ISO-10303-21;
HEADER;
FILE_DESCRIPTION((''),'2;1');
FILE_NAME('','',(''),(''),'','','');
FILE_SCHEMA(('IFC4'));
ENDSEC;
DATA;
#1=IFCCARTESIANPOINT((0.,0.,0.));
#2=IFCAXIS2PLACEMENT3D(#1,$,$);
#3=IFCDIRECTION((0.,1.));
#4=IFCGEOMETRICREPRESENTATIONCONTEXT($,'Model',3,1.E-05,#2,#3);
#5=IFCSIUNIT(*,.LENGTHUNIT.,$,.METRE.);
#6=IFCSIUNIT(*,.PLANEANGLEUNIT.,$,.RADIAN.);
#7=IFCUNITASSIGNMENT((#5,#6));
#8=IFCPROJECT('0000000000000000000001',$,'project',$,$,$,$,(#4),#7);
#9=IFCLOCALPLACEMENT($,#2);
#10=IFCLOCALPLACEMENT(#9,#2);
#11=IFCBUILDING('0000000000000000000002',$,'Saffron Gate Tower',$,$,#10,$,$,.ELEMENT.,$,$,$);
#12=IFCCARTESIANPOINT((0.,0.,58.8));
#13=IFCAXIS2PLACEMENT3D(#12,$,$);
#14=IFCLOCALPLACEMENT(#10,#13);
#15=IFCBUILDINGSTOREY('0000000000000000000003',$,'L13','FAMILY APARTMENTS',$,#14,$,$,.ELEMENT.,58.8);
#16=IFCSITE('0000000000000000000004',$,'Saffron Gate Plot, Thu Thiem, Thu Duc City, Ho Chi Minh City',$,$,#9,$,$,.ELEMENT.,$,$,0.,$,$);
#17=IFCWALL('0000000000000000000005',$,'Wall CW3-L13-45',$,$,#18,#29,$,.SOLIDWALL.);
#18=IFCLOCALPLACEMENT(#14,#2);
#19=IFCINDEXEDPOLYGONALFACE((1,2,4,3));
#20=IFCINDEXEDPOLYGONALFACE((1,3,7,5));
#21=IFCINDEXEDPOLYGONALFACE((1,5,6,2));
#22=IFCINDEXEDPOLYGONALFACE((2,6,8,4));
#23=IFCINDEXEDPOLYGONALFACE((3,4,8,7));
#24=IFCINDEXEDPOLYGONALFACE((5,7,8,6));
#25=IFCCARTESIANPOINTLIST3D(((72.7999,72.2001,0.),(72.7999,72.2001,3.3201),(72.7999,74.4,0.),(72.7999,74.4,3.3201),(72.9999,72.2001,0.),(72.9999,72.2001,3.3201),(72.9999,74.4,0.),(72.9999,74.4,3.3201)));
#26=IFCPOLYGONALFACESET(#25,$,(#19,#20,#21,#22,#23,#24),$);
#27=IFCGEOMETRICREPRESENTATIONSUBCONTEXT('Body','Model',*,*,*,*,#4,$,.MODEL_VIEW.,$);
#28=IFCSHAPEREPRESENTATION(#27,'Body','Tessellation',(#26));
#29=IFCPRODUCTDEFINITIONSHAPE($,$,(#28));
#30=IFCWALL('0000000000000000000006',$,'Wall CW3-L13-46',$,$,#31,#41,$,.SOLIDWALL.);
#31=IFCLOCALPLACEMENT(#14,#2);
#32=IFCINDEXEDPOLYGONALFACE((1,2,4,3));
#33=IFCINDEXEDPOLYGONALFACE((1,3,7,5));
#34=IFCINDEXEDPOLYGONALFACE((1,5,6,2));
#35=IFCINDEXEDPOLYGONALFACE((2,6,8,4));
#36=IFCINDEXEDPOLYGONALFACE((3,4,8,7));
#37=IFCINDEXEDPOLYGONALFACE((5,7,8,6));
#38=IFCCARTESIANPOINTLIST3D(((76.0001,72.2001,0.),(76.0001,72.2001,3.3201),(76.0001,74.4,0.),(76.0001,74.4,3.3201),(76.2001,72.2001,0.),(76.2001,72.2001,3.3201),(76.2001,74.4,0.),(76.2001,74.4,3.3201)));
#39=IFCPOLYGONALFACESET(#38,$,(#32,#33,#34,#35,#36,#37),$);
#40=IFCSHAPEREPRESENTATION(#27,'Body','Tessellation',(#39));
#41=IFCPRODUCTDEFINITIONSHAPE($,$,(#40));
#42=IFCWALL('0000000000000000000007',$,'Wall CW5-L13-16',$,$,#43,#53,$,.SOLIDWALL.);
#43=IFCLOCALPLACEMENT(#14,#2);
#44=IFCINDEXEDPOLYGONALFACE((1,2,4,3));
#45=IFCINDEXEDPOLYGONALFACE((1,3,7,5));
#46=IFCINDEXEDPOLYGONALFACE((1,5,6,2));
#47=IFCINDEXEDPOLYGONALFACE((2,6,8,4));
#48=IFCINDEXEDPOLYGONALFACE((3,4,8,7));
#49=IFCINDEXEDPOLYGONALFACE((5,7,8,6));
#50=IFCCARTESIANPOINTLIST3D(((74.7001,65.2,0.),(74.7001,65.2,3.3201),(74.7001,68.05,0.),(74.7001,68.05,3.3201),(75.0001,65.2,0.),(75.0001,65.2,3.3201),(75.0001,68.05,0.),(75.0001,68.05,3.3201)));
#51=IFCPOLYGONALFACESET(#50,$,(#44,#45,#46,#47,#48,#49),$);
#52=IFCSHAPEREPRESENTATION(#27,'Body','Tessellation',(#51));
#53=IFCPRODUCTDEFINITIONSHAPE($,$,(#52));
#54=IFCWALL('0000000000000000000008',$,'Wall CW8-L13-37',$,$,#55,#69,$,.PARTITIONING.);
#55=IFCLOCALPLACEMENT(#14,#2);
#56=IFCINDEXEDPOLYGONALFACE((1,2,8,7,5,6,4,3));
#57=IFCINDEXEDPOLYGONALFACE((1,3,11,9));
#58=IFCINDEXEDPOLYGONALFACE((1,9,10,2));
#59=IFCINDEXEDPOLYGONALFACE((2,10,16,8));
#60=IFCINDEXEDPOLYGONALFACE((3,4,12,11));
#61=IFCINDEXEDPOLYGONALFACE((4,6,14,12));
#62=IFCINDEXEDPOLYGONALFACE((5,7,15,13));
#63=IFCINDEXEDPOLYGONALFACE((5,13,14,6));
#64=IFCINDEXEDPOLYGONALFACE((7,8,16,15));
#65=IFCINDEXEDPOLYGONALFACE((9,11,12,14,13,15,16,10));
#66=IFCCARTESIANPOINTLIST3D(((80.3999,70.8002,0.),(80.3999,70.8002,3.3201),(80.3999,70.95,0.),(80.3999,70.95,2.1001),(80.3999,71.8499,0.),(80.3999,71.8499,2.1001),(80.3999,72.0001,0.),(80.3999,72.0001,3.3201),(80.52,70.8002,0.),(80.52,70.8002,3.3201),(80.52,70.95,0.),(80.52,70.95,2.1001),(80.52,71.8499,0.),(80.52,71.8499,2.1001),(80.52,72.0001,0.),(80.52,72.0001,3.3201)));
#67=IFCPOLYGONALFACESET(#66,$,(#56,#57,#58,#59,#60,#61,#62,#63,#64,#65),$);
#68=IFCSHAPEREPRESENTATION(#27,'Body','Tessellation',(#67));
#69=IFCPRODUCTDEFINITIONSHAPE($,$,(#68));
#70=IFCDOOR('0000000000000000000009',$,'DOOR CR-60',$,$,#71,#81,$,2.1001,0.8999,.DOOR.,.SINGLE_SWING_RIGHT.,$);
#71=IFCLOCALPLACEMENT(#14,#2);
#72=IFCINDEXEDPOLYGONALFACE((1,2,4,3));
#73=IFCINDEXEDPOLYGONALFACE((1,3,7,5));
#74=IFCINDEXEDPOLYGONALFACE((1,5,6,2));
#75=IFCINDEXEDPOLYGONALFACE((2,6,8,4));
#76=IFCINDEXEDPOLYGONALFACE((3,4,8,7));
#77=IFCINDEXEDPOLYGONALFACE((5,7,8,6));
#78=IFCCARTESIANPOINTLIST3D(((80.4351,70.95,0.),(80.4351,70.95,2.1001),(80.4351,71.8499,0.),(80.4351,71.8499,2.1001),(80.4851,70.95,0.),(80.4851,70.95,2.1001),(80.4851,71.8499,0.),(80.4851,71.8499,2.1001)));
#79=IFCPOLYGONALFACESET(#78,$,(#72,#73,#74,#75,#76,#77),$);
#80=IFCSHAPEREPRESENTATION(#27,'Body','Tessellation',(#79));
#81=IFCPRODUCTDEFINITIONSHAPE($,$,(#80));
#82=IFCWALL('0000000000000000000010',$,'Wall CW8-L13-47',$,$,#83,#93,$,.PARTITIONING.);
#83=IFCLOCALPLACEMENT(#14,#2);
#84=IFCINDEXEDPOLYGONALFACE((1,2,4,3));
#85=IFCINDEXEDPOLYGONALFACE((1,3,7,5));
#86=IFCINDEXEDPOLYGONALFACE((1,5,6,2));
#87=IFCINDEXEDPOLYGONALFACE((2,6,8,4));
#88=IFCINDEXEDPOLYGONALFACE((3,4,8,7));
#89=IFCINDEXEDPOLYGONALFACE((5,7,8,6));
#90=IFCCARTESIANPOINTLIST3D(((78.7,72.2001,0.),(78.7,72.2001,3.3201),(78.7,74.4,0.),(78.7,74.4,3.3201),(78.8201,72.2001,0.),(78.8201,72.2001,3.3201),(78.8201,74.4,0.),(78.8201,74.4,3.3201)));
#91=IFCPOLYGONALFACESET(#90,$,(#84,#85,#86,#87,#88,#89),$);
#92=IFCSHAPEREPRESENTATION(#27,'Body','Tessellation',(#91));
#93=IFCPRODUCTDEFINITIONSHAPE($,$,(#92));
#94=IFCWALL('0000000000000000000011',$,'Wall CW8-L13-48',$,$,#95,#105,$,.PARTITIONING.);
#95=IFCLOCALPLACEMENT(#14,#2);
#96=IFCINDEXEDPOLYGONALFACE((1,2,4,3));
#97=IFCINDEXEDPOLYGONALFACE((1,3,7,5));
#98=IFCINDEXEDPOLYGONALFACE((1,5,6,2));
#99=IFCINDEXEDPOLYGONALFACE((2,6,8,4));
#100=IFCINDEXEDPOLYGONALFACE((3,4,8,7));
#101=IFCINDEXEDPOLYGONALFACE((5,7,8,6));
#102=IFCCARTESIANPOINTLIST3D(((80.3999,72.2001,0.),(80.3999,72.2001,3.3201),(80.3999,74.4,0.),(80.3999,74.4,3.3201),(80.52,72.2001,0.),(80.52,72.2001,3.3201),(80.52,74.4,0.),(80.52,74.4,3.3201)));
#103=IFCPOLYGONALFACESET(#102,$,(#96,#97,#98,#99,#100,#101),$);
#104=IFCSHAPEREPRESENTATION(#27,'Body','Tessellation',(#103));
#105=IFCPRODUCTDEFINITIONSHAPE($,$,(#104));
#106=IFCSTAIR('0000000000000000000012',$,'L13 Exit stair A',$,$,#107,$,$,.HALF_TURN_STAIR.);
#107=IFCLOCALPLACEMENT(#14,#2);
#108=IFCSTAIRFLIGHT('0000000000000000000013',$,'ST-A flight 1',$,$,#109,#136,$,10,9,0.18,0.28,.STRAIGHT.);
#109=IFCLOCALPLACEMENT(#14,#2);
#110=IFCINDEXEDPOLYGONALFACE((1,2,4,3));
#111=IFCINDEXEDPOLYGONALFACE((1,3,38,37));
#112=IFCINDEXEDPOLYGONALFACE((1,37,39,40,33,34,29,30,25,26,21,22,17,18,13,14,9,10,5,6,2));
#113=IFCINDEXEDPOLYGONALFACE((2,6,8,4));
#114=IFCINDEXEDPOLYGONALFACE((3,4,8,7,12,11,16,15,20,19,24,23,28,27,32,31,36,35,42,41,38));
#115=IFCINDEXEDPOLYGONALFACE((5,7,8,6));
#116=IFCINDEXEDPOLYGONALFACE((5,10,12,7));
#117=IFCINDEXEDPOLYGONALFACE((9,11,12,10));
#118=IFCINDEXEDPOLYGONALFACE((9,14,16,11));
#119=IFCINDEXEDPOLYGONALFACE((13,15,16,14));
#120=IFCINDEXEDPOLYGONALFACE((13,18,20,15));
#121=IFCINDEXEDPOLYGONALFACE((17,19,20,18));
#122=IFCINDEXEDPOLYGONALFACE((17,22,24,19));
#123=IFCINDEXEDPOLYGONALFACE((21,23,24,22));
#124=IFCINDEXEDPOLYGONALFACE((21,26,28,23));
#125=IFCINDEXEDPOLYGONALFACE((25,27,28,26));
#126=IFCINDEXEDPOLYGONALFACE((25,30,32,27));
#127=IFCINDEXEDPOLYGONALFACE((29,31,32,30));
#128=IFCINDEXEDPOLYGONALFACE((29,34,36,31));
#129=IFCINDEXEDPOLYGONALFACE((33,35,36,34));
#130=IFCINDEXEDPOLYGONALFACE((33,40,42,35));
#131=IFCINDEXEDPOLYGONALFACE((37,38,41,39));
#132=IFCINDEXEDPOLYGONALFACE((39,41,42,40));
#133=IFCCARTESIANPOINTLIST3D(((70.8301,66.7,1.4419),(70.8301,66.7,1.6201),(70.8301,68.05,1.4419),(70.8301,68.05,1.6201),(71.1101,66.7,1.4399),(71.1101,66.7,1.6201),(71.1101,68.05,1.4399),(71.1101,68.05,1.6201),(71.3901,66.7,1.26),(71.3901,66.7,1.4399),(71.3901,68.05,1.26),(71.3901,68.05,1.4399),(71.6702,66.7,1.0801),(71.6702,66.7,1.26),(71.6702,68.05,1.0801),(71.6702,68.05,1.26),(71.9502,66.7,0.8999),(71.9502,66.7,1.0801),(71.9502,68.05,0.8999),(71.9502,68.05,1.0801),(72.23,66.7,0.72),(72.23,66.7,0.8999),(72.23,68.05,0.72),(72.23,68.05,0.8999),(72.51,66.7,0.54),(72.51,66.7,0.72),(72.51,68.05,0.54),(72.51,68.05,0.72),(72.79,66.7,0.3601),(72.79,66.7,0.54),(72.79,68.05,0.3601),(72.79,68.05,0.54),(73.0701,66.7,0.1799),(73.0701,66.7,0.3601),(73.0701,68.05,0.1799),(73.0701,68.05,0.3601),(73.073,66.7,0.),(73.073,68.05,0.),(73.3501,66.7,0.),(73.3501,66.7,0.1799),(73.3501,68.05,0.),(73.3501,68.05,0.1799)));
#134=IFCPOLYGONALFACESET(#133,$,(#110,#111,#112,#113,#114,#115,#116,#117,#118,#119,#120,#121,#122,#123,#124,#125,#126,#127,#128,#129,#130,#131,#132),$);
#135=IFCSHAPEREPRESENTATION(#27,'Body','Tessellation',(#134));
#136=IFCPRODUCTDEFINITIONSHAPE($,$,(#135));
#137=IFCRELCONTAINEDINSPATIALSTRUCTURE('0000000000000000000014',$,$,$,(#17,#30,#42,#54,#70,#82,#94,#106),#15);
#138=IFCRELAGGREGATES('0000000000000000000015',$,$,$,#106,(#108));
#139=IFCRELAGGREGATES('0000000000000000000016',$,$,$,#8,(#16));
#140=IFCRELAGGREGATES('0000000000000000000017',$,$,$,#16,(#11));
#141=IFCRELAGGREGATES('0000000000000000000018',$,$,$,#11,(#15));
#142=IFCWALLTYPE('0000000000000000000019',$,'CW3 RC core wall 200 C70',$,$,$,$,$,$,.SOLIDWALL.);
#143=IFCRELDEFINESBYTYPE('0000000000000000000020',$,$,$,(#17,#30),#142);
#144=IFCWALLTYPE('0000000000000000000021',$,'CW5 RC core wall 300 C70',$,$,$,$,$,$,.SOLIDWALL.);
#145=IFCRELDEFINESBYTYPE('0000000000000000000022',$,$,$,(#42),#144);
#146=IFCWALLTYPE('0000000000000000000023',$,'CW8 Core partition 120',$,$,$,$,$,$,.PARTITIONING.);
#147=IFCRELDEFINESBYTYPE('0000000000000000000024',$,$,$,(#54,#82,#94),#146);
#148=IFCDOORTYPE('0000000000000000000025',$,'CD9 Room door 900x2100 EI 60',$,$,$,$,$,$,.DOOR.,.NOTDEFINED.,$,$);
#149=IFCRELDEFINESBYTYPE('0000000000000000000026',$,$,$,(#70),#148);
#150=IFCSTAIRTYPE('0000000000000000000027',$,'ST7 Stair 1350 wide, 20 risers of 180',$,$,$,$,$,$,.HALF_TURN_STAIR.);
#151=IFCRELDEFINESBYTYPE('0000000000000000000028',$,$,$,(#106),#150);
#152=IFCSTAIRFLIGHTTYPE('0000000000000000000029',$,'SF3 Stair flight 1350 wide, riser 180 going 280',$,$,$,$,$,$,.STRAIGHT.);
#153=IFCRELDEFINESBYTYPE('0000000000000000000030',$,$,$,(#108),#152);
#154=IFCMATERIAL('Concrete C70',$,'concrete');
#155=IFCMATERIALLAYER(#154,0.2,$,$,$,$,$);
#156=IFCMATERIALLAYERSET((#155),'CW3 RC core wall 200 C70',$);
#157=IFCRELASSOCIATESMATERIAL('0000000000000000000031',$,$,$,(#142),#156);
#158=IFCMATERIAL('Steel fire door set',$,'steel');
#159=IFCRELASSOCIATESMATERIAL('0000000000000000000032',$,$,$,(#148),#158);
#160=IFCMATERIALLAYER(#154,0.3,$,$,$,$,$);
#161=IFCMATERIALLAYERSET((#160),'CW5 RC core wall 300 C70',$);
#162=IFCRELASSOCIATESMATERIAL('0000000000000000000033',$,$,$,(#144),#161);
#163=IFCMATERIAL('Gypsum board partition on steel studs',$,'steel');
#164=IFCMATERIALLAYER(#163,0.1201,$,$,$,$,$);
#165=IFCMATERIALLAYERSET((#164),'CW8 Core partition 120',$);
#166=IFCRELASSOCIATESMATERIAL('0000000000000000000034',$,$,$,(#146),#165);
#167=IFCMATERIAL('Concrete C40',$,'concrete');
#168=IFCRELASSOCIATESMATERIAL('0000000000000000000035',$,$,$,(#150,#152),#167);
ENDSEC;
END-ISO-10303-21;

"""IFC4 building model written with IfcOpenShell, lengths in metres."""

from ifc_helpers import new_model, si_unit, direction, frame, frame_2d, origin, place, context, subcontext, project, spatial, polyline, rectangle, outline, extrude, material, layer, layer_set, type_object, element, fill, aggregate, save


model = new_model("IFC4")

# Units and contexts
model_context = context("Model", 3, precision=1e-05, world=origin(), true_north=direction((0.0, 1.0)))
body_context = subcontext(model_context, "Body", "Model", "MODEL_VIEW")
ifc_project = project(units=[si_unit("LENGTHUNIT", "METRE"), si_unit("PLANEANGLEUNIT", "RADIAN")], contexts=[model_context])

# Site, building, storey
site_placement = place(None, origin())
site = spatial("IfcSite", under=ifc_project, at=site_placement, Name="Saffron Gate Plot, Thu Thiem, Thu Duc City, Ho Chi Minh City", CompositionType="ELEMENT", RefElevation=0.0)
building_placement = place(site_placement, origin())
building = spatial("IfcBuilding", under=site, at=building_placement, Name="Saffron Gate Tower", CompositionType="ELEMENT")
storey_placement = place(building_placement, frame((0.0, 0.0, 58.8)))
storey = spatial("IfcBuildingStorey", under=building, at=storey_placement, Name="L13", Description="FAMILY APARTMENTS", CompositionType="ELEMENT", Elevation=58.8)

# Shared definitions
ifc_material_1 = material(Name="Concrete C70", Category="concrete")

# Shared definitions
ifc_layer_1 = layer(ifc_material_1, 0.2)
ifc_layer_set_1 = layer_set([ifc_layer_1], Name="CW3 RC core wall 200 C70")
wall_type_1 = type_object("IfcWallType", Name="CW3 RC core wall 200 C70", PredefinedType="SOLIDWALL", material=ifc_layer_set_1)
ifc_material_2 = material(Name="Steel fire door set", Category="steel")
door_type_1 = type_object("IfcDoorType", Name="CD9 Room door 900x2100 EI 60", OperationType="NOTDEFINED", PredefinedType="DOOR", material=ifc_material_2)

# Walls
for number, where, z_axis, x_axis, name in (
    (1, (72.8999, 72.2, 0.0), (0.0, 0.0, 1.0), (0.0, 1.0, 0.0), "Wall CW3-L13-45"),
    (2, (76.1001, 72.2, 0.0), (0.0, 0.0, 1.0), (0.0, 1.0, 0.0), "Wall CW3-L13-46"),
):
    element("IfcWall", number, at=place(storey_placement, frame(where, z_axis=z_axis, x_axis=x_axis)), inside=storey, type_object=wall_type_1, Name=name, PredefinedType="SOLIDWALL", context=body_context, shape_type="SweptSolid", body=[
        extrude(rectangle(XDim=2.2, YDim=0.2, at=frame_2d((1.1001, 0.0))), origin(), (0.0, 0.0, 1.0), 3.3201),
    ])
ifc_layer_2 = layer(ifc_material_1, 0.3)
ifc_layer_set_2 = layer_set([ifc_layer_2], Name="CW5 RC core wall 300 C70")
wall_type_2 = type_object("IfcWallType", Name="CW5 RC core wall 300 C70", PredefinedType="SOLIDWALL", material=ifc_layer_set_2)
wall_1_placement = place(storey_placement, frame((74.8501, 65.2, 0.0), z_axis=(0.0, 0.0, 1.0), x_axis=(0.0, 1.0, 0.0)))
element("IfcWall", 3, at=wall_1_placement, inside=storey, type_object=wall_type_2, Name="Wall CW5-L13-16", PredefinedType="SOLIDWALL", context=body_context, shape_type="SweptSolid", body=[
    extrude(rectangle(XDim=2.8501, YDim=0.3, at=frame_2d((1.425, 0.0))), origin(), (0.0, 0.0, 1.0), 3.3201),
])

# Wall, opening, door
ifc_material_3 = material(Name="Gypsum board partition on steel studs", Category="steel")
ifc_layer_3 = layer(ifc_material_3, 0.1201)
ifc_layer_set_3 = layer_set([ifc_layer_3], Name="CW8 Core partition 120")
wall_type_3 = type_object("IfcWallType", Name="CW8 Core partition 120", PredefinedType="PARTITIONING", material=ifc_layer_set_3)
wall_2_placement = place(storey_placement, frame((80.46, 70.8, 0.0), z_axis=(0.0, 0.0, 1.0), x_axis=(0.0, 1.0, 0.0)))
wall_2 = element("IfcWall", 4, at=wall_2_placement, inside=storey, type_object=wall_type_3, Name="Wall CW8-L13-37", PredefinedType="PARTITIONING", context=body_context, shape_type="SweptSolid", body=[
    extrude(rectangle(XDim=1.2, YDim=0.1201, at=frame_2d((0.6001, 0.0))), origin(), (0.0, 0.0, 1.0), 3.3201),
])
opening_1_placement = place(wall_2_placement, frame((0.1499, 0.0, 0.0)))
opening_1 = element("IfcOpeningElement", 5, at=opening_1_placement, cuts=wall_2, PredefinedType="OPENING", context=body_context, shape_type="SweptSolid", body=[
    extrude(rectangle(XDim=0.8999, YDim=2.1001, at=frame_2d((0.45, 1.05))), frame((0.0, 0.0701, 0.0), z_axis=(0.0, -1.0, 0.0), x_axis=(1.0, 0.0, 0.0)), (0.0, 0.0, 1.0), 0.1401),
])
door_1_placement = place(opening_1_placement, origin())
door_1 = element("IfcDoor", 6, at=door_1_placement, inside=storey, type_object=door_type_1, Name="DOOR CR-60", OperationType="SINGLE_SWING_RIGHT", OverallHeight=2.1001, OverallWidth=0.8999, PredefinedType="DOOR", context=body_context, shape_type="SweptSolid", body=[
    extrude(rectangle(XDim=0.8999, YDim=2.1001, at=frame_2d((0.45, 1.05))), frame((0.0, 0.0249, 0.0), z_axis=(0.0, -1.0, 0.0), x_axis=(1.0, 0.0, 0.0)), (0.0, 0.0, 1.0), 0.05),
])
fill(opening_1, door_1)

# Walls
for number, where, z_axis, x_axis, name in (
    (7, (78.76, 72.2, 0.0), (0.0, 0.0, 1.0), (0.0, 1.0, 0.0), "Wall CW8-L13-47"),
    (8, (80.46, 72.2, 0.0), (0.0, 0.0, 1.0), (0.0, 1.0, 0.0), "Wall CW8-L13-48"),
):
    element("IfcWall", number, at=place(storey_placement, frame(where, z_axis=z_axis, x_axis=x_axis)), inside=storey, type_object=wall_type_3, Name=name, PredefinedType="PARTITIONING", context=body_context, shape_type="SweptSolid", body=[
        extrude(rectangle(XDim=2.2, YDim=0.1201, at=frame_2d((1.1001, 0.0))), origin(), (0.0, 0.0, 1.0), 3.3201),
    ])

# Stair, stair flight
ifc_material_4 = material(Name="Concrete C40", Category="concrete")
stair_type = type_object("IfcStairType", Name="ST7 Stair 1350 wide, 20 risers of 180", PredefinedType="HALF_TURN_STAIR", material=ifc_material_4)
stair_placement = place(storey_placement, origin())
stair = element("IfcStair", 9, at=stair_placement, inside=storey, type_object=stair_type, Name="L13 Exit stair A", PredefinedType="HALF_TURN_STAIR")
stair_flight_type = type_object("IfcStairFlightType", Name="SF3 Stair flight 1350 wide, riser 180 going 280", PredefinedType="STRAIGHT", material=ifc_material_4)
stair_flight_placement = place(storey_placement, frame((73.3501, 67.375, 0.0), z_axis=(0.0, 0.0, 1.0), x_axis=(-1.0, 0.0, 0.0)))
stair_flight = element("IfcStairFlight", 10, at=stair_flight_placement, type_object=stair_flight_type, Name="ST-A flight 1", NumberOfRisers=10, NumberOfTreads=9, PredefinedType="STRAIGHT", RiserHeight=0.18, TreadLength=0.28, context=body_context, shape_type="SweptSolid", body=[
    extrude(outline(polyline([(0.0, 0.0), (0.0, 0.1799), (0.28, 0.1799), (0.28, 0.3601), (0.5601, 0.3601), (0.5601, 0.54), (0.8401, 0.54), (0.8401, 0.72), (1.1201, 0.72), (1.1201, 0.8999), (1.3999, 0.8999), (1.3999, 1.0801), (1.6799, 1.0801), (1.6799, 1.26), (1.96, 1.26), (1.96, 1.4399), (2.24, 1.4399), (2.24, 1.6201), (2.52, 1.6201), (2.52, 1.8), (2.52, 1.4419), (0.2771, 0.0), (0.0, 0.0)])), frame((0.0, 0.675, 0.0), z_axis=(0.0, -1.0, 0.0), x_axis=(1.0, 0.0, 0.0)), (0.0, 0.0, 1.0), 1.3501),
])
aggregate(stair, [stair_flight])

save(model, "model.ifc")
